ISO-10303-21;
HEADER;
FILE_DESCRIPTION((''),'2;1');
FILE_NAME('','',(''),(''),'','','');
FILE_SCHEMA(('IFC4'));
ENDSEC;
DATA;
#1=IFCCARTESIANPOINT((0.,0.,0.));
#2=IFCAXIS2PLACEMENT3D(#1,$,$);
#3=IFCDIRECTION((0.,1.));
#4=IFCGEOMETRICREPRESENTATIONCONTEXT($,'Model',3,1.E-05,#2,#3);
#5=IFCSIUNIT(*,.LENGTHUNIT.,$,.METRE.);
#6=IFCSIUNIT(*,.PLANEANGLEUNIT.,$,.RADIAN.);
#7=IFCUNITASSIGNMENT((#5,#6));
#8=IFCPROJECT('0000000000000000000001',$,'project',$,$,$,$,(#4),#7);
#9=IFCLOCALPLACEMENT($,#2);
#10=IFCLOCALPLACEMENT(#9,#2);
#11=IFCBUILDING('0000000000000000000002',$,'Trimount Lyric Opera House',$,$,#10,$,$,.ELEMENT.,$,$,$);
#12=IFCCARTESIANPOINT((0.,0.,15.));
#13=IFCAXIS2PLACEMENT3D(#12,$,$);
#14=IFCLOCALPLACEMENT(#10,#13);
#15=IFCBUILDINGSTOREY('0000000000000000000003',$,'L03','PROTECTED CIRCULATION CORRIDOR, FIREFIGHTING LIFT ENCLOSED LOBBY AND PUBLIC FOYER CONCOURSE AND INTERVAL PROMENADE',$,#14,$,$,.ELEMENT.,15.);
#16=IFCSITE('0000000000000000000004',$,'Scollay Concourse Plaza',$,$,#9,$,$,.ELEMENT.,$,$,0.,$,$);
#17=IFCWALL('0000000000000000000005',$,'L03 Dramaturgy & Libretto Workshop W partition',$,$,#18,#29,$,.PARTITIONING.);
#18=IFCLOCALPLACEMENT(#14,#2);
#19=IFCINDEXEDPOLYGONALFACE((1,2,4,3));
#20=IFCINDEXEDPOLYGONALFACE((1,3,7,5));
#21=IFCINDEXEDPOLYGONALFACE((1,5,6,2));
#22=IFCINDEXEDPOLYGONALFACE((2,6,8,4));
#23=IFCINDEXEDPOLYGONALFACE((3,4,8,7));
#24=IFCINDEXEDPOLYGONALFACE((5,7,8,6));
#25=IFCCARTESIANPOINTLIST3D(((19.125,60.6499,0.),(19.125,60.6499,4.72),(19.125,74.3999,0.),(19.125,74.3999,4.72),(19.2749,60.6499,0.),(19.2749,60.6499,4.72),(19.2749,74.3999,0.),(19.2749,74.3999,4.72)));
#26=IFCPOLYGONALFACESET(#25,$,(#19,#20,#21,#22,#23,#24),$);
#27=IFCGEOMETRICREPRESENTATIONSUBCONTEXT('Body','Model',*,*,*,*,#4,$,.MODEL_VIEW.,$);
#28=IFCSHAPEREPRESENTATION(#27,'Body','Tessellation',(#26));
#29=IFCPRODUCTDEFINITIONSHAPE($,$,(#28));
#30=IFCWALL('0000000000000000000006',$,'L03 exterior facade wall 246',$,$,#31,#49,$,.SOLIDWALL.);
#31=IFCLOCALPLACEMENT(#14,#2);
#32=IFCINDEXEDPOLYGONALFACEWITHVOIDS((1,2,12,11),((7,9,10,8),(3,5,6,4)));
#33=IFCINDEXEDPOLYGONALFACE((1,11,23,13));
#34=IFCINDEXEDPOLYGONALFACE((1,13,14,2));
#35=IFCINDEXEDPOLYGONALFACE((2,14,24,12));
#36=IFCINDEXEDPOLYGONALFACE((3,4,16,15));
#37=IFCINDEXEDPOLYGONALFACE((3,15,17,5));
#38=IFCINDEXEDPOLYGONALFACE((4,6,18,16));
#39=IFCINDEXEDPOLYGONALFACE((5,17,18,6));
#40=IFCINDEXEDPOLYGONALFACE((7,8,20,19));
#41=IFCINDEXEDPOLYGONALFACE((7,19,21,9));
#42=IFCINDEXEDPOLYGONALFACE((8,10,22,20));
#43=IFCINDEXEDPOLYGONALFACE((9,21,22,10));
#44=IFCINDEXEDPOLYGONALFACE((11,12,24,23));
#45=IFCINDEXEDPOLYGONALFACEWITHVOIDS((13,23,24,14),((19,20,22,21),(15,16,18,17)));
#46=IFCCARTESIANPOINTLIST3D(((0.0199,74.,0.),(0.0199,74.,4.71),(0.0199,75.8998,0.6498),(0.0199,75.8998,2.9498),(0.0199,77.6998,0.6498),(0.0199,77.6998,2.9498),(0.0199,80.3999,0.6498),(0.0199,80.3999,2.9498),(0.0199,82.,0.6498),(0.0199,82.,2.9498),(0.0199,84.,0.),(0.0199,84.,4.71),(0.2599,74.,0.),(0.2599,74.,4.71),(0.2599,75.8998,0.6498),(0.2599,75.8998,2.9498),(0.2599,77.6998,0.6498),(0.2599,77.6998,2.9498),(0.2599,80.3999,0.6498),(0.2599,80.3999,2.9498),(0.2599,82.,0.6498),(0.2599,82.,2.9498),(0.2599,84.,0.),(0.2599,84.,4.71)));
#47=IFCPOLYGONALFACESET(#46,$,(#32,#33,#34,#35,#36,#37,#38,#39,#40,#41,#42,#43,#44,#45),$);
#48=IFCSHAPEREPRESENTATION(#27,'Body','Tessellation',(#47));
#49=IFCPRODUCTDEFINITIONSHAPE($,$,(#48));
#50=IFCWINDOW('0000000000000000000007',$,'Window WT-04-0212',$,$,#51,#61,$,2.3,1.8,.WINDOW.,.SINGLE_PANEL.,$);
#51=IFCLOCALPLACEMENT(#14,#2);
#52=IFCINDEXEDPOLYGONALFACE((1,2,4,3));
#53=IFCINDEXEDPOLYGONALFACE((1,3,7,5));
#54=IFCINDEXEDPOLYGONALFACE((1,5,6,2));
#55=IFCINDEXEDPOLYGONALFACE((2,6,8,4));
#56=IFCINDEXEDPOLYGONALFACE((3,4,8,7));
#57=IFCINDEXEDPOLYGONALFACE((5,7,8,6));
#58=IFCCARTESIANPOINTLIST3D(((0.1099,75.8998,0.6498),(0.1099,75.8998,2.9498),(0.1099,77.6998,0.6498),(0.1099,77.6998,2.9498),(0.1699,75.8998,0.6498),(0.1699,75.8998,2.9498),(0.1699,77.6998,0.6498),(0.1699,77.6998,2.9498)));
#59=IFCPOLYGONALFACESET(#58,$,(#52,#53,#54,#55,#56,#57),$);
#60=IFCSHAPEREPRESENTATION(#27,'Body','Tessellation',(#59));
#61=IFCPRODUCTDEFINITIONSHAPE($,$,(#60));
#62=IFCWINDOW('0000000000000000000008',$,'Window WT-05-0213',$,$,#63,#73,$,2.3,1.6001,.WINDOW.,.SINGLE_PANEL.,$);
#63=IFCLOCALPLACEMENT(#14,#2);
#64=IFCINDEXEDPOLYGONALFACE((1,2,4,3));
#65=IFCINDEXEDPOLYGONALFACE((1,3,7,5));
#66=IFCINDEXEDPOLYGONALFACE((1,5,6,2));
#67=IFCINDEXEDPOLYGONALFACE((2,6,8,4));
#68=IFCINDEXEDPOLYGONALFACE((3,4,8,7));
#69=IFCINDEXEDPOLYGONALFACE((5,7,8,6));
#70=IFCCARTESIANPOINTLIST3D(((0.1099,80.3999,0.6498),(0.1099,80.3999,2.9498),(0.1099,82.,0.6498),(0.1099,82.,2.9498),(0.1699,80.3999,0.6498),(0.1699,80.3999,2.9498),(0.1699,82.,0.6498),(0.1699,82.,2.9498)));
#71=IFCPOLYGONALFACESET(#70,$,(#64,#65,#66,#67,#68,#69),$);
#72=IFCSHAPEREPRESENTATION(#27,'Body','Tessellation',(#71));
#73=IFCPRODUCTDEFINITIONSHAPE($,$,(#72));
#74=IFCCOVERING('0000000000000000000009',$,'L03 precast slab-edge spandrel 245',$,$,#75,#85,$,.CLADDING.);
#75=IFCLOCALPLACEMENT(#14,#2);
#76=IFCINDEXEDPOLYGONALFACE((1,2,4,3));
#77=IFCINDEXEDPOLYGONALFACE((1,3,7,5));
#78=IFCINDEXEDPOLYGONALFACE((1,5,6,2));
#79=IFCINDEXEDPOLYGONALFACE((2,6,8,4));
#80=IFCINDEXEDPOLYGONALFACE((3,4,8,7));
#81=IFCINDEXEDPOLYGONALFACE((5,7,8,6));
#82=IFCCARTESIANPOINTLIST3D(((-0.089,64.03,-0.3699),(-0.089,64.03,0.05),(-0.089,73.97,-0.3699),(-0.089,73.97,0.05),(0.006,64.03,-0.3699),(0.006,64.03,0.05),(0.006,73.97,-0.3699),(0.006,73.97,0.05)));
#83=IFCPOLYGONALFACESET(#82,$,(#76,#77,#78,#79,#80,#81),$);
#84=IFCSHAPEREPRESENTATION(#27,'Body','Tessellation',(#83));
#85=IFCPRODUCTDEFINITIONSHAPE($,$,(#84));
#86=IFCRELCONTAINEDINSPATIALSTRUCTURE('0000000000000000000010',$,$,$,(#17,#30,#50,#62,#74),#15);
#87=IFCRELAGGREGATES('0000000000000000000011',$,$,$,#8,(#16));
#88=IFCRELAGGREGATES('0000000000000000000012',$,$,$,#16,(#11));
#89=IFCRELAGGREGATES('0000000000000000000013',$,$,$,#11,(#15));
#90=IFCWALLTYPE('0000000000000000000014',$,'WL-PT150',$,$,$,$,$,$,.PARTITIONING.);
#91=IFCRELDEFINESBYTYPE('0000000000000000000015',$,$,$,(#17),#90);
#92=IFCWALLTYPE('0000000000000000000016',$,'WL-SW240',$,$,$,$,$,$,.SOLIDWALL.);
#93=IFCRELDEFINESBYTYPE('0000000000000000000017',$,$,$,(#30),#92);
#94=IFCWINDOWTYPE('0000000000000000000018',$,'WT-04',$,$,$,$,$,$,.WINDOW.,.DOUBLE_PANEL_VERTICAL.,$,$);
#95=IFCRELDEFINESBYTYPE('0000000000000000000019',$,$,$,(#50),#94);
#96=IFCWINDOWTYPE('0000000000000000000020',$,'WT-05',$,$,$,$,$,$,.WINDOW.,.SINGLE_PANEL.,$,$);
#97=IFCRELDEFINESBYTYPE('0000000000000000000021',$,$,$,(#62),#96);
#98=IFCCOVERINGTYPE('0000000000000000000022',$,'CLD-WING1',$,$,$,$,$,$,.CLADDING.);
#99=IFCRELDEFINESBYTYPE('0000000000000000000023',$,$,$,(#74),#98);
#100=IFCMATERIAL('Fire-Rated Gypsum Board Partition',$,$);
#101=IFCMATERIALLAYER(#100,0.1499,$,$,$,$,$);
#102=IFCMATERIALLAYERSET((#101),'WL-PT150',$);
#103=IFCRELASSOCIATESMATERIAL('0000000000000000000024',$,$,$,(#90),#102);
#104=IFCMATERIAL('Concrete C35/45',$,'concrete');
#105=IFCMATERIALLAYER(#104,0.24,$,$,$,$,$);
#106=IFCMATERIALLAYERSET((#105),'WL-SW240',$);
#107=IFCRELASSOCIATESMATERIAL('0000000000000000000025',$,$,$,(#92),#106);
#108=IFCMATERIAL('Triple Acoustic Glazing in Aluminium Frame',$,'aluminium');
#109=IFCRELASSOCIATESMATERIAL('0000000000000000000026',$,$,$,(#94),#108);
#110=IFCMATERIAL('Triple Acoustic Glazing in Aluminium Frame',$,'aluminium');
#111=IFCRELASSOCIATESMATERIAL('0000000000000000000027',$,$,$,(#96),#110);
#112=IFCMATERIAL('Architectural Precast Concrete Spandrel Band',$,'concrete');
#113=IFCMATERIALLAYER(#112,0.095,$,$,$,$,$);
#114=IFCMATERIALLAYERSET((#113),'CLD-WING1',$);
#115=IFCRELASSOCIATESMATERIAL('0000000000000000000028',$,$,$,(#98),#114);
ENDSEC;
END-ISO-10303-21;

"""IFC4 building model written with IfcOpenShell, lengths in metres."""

from ifc_helpers import new_model, si_unit, direction, frame, frame_2d, origin, origin_2d, place, context, subcontext, project, spatial, rectangle, extrude, material, layer, layer_set, type_object, element, fill, save


model = new_model("IFC4")

# Units and contexts
model_context = context("Model", 3, precision=1e-05, world=origin(), true_north=direction((0.0, 1.0)))
body_context = subcontext(model_context, "Body", "Model", "MODEL_VIEW")
ifc_project = project(units=[si_unit("LENGTHUNIT", "METRE"), si_unit("PLANEANGLEUNIT", "RADIAN")], contexts=[model_context])

# Site, building, storey
site_placement = place(None, origin())
site = spatial("IfcSite", under=ifc_project, at=site_placement, Name="Scollay Concourse Plaza", CompositionType="ELEMENT", RefElevation=0.0)
building_placement = place(site_placement, origin())
building = spatial("IfcBuilding", under=site, at=building_placement, Name="Trimount Lyric Opera House", CompositionType="ELEMENT")
storey_placement = place(building_placement, frame((0.0, 0.0, 15.0)))
storey = spatial("IfcBuildingStorey", under=building, at=storey_placement, Name="L03", Description="PROTECTED CIRCULATION CORRIDOR, FIREFIGHTING LIFT ENCLOSED LOBBY AND PUBLIC FOYER CONCOURSE AND INTERVAL PROMENADE", CompositionType="ELEMENT", Elevation=15.0)

# Wall
ifc_material_1 = material(Name="Fire-Rated Gypsum Board Partition")
ifc_layer_1 = layer(ifc_material_1, 0.1499)
ifc_layer_set_1 = layer_set([ifc_layer_1], Name="WL-PT150")
wall_type_1 = type_object("IfcWallType", Name="WL-PT150", PredefinedType="PARTITIONING", material=ifc_layer_set_1)
wall_1_placement = place(storey_placement, frame((19.2, 74.3999, 0.0), z_axis=(0.0, 0.0, 1.0), x_axis=(0.0, -1.0, 0.0)))
element("IfcWall", 1, at=wall_1_placement, inside=storey, type_object=wall_type_1, Name="L03 Dramaturgy & Libretto Workshop W partition", PredefinedType="PARTITIONING", context=body_context, shape_type="SweptSolid", body=[
    extrude(rectangle(XDim=13.75, YDim=0.1499, at=frame_2d((6.875, 0.0))), origin(), (0.0, 0.0, 1.0), 4.72),
])

# Wall, openings, windows
ifc_material_2 = material(Name="Concrete C35/45", Category="concrete")
ifc_layer_2 = layer(ifc_material_2, 0.24)
ifc_layer_set_2 = layer_set([ifc_layer_2], Name="WL-SW240")
wall_type_2 = type_object("IfcWallType", Name="WL-SW240", PredefinedType="SOLIDWALL", material=ifc_layer_set_2)
wall_2_placement = place(storey_placement, frame((0.1399, 74.0, 0.0), z_axis=(0.0, 0.0, 1.0), x_axis=(0.0, 1.0, 0.0)))
wall_2 = element("IfcWall", 2, at=wall_2_placement, inside=storey, type_object=wall_type_2, Name="L03 exterior facade wall 246", PredefinedType="SOLIDWALL", context=body_context, shape_type="SweptSolid", body=[
    extrude(rectangle(XDim=10.0, YDim=0.24, at=frame_2d((5.0, 0.0))), origin(), (0.0, 0.0, 1.0), 4.71),
])
opening_1_placement = place(wall_2_placement, frame((1.8999, 0.0, 0.6499)))
opening_1 = element("IfcOpeningElement", 3, at=opening_1_placement, cuts=wall_2, PredefinedType="OPENING", context=body_context, shape_type="SweptSolid", body=[
    extrude(rectangle(XDim=1.8, YDim=2.3, at=frame_2d((0.8999, 1.1499))), frame((0.0, 0.1299, 0.0), z_axis=(0.0, -1.0, 0.0), x_axis=(1.0, 0.0, 0.0)), (0.0, 0.0, 1.0), 0.26),
])
opening_2_placement = place(wall_2_placement, frame((6.3999, 0.0, 0.6499)))
opening_2 = element("IfcOpeningElement", 4, at=opening_2_placement, cuts=wall_2, PredefinedType="OPENING", context=body_context, shape_type="SweptSolid", body=[
    extrude(rectangle(XDim=1.6001, YDim=2.3, at=frame_2d((0.8, 1.1499))), frame((0.0, 0.1299, 0.0), z_axis=(0.0, -1.0, 0.0), x_axis=(1.0, 0.0, 0.0)), (0.0, 0.0, 1.0), 0.26),
])
ifc_material_3 = material(Name="Triple Acoustic Glazing in Aluminium Frame", Category="aluminium")
window_type_1 = type_object("IfcWindowType", Name="WT-04", PartitioningType="DOUBLE_PANEL_VERTICAL", PredefinedType="WINDOW", material=ifc_material_3)
window_1_placement = place(opening_1_placement, origin())
window_1 = element("IfcWindow", 5, at=window_1_placement, inside=storey, type_object=window_type_1, Name="Window WT-04-0212", OverallHeight=2.3, OverallWidth=1.8, PartitioningType="SINGLE_PANEL", PredefinedType="WINDOW", context=body_context, shape_type="SweptSolid", body=[
    extrude(rectangle(XDim=1.8, YDim=2.3, at=frame_2d((0.8999, 1.1499))), frame((0.0, 0.03, 0.0), z_axis=(0.0, -1.0, 0.0), x_axis=(1.0, 0.0, 0.0)), (0.0, 0.0, 1.0), 0.0601),
])
fill(opening_1, window_1)
ifc_material_4 = material(Name="Triple Acoustic Glazing in Aluminium Frame", Category="aluminium")
window_type_2 = type_object("IfcWindowType", Name="WT-05", PartitioningType="SINGLE_PANEL", PredefinedType="WINDOW", material=ifc_material_4)
window_2_placement = place(opening_2_placement, origin())
window_2 = element("IfcWindow", 6, at=window_2_placement, inside=storey, type_object=window_type_2, Name="Window WT-05-0213", OverallHeight=2.3, OverallWidth=1.6001, PartitioningType="SINGLE_PANEL", PredefinedType="WINDOW", context=body_context, shape_type="SweptSolid", body=[
    extrude(rectangle(XDim=1.6001, YDim=2.3, at=frame_2d((0.8, 1.1499))), frame((0.0, 0.03, 0.0), z_axis=(0.0, -1.0, 0.0), x_axis=(1.0, 0.0, 0.0)), (0.0, 0.0, 1.0), 0.0601),
])
fill(opening_2, window_2)

# Covering
ifc_material_5 = material(Name="Architectural Precast Concrete Spandrel Band", Category="concrete")
ifc_layer_3 = layer(ifc_material_5, 0.095)
ifc_layer_set_3 = layer_set([ifc_layer_3], Name="CLD-WING1")
covering_type = type_object("IfcCoveringType", Name="CLD-WING1", PredefinedType="CLADDING", material=ifc_layer_set_3)
covering_placement = place(storey_placement, frame((-0.0415, 69.0, -0.3699), z_axis=(0.0, 0.0, 1.0), x_axis=(0.0, 1.0, 0.0)))
element("IfcCovering", 7, at=covering_placement, inside=storey, type_object=covering_type, Name="L03 precast slab-edge spandrel 245", PredefinedType="CLADDING", context=body_context, shape_type="SweptSolid", body=[
    extrude(rectangle(XDim=9.9399, YDim=0.095, at=origin_2d()), origin(), (0.0, 0.0, 1.0), 0.4199),
])

save(model, "model.ifc")
